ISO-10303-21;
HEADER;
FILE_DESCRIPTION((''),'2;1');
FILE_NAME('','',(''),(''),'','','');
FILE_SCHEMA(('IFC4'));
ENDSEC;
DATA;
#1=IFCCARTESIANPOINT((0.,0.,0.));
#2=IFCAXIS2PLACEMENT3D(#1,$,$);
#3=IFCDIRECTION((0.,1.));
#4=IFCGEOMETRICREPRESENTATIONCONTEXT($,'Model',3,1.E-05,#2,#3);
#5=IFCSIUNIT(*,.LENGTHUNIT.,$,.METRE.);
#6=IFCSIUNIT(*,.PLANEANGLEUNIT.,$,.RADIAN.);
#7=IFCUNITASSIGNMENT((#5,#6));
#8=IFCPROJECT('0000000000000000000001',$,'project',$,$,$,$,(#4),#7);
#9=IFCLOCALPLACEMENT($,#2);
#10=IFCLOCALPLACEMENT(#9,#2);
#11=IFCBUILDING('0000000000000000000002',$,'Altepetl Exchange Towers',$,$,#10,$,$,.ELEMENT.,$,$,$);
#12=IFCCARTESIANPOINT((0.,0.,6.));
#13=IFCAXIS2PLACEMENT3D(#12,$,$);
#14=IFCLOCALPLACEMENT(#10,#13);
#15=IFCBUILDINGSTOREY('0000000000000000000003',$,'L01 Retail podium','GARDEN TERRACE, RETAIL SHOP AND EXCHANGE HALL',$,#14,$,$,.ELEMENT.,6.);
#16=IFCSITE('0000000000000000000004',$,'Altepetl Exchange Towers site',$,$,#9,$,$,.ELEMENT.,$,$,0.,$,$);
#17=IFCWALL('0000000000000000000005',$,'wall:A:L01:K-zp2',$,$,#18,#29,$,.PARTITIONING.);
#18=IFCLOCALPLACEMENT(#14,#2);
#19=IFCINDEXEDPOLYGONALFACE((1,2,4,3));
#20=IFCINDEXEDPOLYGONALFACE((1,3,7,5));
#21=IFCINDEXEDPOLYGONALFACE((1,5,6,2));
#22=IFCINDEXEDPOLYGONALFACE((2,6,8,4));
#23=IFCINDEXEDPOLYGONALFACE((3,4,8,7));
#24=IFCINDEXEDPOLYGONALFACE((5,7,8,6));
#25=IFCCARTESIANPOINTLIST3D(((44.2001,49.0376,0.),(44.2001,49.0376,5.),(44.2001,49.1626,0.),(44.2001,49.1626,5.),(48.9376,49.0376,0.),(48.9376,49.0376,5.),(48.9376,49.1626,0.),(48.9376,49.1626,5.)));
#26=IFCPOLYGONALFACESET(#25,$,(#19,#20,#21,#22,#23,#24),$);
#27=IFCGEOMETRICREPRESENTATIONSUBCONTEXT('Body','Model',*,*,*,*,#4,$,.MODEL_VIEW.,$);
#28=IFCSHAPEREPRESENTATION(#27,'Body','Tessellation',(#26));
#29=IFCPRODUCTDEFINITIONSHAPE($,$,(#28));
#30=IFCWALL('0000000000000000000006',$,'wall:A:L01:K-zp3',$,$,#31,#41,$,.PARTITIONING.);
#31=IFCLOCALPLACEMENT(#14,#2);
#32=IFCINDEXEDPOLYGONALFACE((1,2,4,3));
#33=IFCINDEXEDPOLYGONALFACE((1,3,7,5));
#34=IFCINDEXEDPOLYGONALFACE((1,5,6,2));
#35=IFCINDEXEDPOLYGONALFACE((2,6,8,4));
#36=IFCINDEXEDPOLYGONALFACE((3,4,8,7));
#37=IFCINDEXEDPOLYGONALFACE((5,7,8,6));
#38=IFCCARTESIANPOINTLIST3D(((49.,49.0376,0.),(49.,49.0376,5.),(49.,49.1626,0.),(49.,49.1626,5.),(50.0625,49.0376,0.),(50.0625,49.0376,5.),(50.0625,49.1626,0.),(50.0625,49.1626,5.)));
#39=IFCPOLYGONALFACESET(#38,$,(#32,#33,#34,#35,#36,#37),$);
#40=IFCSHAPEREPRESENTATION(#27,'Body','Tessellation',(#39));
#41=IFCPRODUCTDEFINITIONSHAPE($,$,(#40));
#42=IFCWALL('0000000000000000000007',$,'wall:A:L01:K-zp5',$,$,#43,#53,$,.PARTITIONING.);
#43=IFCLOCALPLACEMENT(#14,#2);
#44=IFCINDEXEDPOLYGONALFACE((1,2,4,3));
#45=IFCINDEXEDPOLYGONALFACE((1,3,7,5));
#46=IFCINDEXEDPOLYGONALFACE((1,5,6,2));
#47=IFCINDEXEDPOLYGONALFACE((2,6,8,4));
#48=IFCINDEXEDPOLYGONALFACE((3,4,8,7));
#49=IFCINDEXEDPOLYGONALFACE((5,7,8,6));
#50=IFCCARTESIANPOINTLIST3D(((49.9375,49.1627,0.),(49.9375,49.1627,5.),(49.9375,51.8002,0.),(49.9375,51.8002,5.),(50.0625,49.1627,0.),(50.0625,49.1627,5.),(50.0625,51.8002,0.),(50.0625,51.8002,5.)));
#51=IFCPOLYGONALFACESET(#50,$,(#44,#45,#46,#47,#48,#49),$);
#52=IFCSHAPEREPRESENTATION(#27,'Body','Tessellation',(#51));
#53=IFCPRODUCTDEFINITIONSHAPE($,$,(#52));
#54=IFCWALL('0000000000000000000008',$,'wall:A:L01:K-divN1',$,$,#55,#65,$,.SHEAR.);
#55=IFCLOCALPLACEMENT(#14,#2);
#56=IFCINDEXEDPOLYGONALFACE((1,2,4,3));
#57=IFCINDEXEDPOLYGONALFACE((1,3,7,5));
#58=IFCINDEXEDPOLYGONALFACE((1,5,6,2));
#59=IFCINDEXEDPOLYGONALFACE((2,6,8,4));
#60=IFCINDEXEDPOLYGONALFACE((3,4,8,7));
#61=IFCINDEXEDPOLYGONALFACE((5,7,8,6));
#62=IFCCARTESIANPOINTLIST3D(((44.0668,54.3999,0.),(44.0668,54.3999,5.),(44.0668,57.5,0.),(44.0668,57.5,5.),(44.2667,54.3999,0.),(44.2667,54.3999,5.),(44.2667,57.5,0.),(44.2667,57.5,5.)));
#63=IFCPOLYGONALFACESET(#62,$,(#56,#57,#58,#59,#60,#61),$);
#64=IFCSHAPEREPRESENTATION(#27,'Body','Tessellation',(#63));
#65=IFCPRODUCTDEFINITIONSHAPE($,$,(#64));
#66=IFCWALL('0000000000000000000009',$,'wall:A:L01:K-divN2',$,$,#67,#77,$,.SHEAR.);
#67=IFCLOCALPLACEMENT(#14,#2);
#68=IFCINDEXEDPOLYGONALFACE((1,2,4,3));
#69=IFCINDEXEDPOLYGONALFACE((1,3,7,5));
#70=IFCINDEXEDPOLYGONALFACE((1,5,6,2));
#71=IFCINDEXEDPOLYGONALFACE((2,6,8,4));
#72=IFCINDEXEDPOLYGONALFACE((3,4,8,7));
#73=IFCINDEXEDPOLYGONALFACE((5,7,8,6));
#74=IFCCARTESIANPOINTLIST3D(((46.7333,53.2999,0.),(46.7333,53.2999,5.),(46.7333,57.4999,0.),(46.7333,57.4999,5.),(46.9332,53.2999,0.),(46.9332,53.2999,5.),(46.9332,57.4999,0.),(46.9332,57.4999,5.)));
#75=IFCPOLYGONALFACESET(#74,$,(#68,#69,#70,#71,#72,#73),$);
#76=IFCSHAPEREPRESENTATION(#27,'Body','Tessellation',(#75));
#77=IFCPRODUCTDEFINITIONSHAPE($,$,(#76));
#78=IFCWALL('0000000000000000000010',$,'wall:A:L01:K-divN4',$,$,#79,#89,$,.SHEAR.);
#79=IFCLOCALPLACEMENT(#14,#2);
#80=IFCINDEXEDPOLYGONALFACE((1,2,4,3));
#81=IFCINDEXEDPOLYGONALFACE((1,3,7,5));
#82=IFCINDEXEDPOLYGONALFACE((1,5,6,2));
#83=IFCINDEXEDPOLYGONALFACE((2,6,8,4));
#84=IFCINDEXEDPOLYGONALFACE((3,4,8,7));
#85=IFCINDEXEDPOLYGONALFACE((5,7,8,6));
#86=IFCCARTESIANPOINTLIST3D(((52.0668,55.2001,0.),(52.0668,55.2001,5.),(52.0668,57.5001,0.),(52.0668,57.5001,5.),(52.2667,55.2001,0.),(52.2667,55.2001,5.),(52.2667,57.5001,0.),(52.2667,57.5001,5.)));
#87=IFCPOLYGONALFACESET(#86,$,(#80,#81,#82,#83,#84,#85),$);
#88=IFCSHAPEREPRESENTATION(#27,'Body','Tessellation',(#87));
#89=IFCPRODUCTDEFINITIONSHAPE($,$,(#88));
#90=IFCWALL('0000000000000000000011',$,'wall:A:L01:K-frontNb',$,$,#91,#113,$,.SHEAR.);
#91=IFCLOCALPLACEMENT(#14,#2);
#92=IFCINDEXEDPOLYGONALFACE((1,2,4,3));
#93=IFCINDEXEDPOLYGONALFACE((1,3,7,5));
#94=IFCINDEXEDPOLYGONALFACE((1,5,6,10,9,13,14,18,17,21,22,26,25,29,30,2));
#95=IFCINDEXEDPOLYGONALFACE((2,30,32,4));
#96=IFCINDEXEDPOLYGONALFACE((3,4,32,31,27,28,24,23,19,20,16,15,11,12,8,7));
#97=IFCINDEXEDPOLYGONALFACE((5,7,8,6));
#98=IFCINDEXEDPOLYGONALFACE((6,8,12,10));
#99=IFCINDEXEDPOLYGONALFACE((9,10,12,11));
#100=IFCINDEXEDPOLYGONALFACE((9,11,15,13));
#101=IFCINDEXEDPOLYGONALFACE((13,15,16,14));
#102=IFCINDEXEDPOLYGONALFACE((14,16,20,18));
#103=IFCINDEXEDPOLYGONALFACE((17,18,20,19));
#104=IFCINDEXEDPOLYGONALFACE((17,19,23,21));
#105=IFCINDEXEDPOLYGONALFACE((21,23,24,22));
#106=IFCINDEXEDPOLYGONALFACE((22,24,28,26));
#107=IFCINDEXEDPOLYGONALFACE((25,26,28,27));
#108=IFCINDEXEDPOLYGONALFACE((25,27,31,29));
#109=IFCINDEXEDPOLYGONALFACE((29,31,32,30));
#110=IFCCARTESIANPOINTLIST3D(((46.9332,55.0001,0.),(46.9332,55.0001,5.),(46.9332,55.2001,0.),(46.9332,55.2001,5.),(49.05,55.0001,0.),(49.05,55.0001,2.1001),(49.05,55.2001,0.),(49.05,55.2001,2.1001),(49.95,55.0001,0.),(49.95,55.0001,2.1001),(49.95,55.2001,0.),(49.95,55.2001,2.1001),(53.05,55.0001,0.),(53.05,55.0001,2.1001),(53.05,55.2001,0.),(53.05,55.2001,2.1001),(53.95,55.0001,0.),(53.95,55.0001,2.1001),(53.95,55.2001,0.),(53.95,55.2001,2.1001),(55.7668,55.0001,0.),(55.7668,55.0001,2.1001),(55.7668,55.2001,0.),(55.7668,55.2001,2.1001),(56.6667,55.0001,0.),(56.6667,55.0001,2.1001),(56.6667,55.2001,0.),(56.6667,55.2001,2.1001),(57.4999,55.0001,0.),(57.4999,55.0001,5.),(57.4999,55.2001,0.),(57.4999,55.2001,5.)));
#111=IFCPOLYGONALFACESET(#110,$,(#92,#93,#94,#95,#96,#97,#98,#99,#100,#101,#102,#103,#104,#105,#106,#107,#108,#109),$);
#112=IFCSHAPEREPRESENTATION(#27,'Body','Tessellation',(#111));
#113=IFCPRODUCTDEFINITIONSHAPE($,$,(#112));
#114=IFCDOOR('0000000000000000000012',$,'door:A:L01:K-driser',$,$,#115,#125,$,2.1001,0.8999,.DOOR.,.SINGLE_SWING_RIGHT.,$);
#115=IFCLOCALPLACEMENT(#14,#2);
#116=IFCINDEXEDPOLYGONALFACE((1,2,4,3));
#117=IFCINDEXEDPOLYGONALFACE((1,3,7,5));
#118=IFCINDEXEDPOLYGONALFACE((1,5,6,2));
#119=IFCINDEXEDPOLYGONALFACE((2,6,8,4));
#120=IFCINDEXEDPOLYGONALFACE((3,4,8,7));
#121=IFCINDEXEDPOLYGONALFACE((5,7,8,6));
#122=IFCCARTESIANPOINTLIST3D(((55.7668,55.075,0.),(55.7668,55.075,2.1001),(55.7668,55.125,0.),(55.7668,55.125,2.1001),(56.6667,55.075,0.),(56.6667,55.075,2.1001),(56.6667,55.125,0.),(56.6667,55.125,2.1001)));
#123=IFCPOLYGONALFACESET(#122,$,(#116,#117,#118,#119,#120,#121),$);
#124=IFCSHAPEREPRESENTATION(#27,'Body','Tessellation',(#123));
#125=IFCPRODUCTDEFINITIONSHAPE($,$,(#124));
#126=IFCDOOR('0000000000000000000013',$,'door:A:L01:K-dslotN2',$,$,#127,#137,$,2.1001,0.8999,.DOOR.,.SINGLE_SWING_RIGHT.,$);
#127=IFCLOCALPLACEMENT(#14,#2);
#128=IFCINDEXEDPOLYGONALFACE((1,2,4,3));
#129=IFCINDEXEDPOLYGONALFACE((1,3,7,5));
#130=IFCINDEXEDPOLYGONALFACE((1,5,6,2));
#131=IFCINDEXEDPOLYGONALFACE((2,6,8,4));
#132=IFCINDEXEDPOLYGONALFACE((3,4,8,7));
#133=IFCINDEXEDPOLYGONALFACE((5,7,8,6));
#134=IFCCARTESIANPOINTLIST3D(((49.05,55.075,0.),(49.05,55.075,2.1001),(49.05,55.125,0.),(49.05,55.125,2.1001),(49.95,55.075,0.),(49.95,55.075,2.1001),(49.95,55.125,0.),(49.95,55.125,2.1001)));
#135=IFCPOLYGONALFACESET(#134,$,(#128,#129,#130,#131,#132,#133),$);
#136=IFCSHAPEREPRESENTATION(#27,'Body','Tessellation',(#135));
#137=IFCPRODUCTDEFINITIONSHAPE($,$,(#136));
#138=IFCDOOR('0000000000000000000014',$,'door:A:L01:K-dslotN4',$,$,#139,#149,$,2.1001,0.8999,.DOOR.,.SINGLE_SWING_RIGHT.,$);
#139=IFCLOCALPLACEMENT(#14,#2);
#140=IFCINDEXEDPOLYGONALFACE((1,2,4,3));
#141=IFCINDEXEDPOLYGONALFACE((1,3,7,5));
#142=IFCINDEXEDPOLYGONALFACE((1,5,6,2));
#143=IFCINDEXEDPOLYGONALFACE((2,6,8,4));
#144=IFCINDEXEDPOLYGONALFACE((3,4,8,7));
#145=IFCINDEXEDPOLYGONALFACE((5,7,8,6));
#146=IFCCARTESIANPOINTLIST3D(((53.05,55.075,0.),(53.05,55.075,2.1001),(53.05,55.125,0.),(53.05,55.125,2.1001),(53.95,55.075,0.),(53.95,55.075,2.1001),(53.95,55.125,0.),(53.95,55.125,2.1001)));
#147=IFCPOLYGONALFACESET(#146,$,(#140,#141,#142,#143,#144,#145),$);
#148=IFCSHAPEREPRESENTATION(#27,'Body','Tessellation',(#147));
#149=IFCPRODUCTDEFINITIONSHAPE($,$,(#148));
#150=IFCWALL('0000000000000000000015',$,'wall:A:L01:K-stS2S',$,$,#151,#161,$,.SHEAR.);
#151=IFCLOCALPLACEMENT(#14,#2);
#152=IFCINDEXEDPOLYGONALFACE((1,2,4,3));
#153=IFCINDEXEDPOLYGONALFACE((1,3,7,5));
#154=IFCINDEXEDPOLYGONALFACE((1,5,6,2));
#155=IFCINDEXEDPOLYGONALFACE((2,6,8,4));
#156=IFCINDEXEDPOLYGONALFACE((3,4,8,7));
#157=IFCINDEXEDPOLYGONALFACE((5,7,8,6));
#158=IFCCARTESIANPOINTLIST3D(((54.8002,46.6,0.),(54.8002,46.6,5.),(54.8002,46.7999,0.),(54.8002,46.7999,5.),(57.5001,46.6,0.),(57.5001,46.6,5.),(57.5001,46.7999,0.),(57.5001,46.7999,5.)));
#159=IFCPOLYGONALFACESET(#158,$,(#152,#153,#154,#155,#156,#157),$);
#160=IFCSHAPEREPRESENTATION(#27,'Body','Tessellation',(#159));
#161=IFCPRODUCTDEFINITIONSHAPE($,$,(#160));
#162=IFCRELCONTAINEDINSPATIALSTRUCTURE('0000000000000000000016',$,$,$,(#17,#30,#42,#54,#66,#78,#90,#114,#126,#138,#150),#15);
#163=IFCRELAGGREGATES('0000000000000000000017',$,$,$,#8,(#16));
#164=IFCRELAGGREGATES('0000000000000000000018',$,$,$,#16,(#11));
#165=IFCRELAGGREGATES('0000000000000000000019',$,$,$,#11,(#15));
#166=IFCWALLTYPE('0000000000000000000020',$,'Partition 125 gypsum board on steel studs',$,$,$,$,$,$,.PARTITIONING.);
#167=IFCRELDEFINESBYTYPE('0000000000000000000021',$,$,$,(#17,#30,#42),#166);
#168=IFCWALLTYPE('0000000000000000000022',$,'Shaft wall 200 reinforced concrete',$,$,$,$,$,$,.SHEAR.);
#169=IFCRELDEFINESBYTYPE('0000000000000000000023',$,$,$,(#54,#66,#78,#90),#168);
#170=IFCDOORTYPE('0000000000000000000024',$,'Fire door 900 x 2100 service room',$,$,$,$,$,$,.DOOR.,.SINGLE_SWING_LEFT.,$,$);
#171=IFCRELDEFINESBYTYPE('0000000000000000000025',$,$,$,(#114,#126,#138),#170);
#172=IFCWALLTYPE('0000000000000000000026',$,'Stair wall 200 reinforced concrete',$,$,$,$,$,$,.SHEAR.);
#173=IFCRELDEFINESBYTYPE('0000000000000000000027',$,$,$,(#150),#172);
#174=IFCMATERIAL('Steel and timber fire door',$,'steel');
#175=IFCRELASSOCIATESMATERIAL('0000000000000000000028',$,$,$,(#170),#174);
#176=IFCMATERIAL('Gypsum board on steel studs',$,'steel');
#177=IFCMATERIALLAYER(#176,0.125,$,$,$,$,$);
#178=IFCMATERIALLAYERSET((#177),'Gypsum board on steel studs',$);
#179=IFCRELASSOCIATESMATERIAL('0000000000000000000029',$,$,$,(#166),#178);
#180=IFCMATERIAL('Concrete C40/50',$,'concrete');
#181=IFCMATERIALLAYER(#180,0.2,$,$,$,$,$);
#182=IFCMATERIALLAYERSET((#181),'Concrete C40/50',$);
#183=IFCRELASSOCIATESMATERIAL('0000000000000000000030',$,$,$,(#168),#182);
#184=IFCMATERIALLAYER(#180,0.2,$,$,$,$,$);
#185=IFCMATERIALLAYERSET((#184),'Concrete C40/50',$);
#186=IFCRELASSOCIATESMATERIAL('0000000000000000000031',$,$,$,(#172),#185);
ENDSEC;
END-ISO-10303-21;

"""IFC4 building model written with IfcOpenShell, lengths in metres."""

from ifc_helpers import new_model, si_unit, direction, frame, frame_2d, origin, place, context, subcontext, project, spatial, rectangle, extrude, material, layer, layer_set, type_object, element, fill, save


model = new_model("IFC4")

# Units and contexts
model_context = context("Model", 3, precision=1e-05, world=origin(), true_north=direction((0.0, 1.0)))
body_context = subcontext(model_context, "Body", "Model", "MODEL_VIEW")
ifc_project = project(units=[si_unit("LENGTHUNIT", "METRE"), si_unit("PLANEANGLEUNIT", "RADIAN")], contexts=[model_context])

# Site, building, storey
site_placement = place(None, origin())
site = spatial("IfcSite", under=ifc_project, at=site_placement, Name="Altepetl Exchange Towers site", CompositionType="ELEMENT", RefElevation=0.0)
building_placement = place(site_placement, origin())
building = spatial("IfcBuilding", under=site, at=building_placement, Name="Altepetl Exchange Towers", CompositionType="ELEMENT")
storey_placement = place(building_placement, frame((0.0, 0.0, 6.0)))
storey = spatial("IfcBuildingStorey", under=building, at=storey_placement, Name="L01 Retail podium", Description="GARDEN TERRACE, RETAIL SHOP AND EXCHANGE HALL", CompositionType="ELEMENT", Elevation=6.0)

# Shared definitions
ifc_material_1 = material(Name="Steel and timber fire door", Category="steel")

# Shared definitions
door_type_1 = type_object("IfcDoorType", Name="Fire door 900 x 2100 service room", OperationType="SINGLE_SWING_LEFT", PredefinedType="DOOR", material=ifc_material_1)

# Walls
ifc_material_2 = material(Name="Gypsum board on steel studs", Category="steel")
ifc_layer_1 = layer(ifc_material_2, 0.125)
ifc_layer_set_1 = layer_set([ifc_layer_1], Name="Gypsum board on steel studs")
wall_type_1 = type_object("IfcWallType", Name="Partition 125 gypsum board on steel studs", PredefinedType="PARTITIONING", material=ifc_layer_set_1)
wall_1_placement = place(storey_placement, frame((48.9375, 49.1001, 0.0), z_axis=(0.0, 0.0, 1.0), x_axis=(-1.0, 0.0, 0.0)))
element("IfcWall", 1, at=wall_1_placement, inside=storey, type_object=wall_type_1, Name="wall:A:L01:K-zp2", PredefinedType="PARTITIONING", context=body_context, shape_type="SweptSolid", body=[
    extrude(rectangle(XDim=4.7375, YDim=0.125, at=frame_2d((2.3687, 0.0))), origin(), (0.0, 0.0, 1.0), 5.0),
])
wall_2_placement = place(storey_placement, frame((50.0625, 49.1001, 0.0), z_axis=(0.0, 0.0, 1.0), x_axis=(-1.0, 0.0, 0.0)))
element("IfcWall", 2, at=wall_2_placement, inside=storey, type_object=wall_type_1, Name="wall:A:L01:K-zp3", PredefinedType="PARTITIONING", context=body_context, shape_type="SweptSolid", body=[
    extrude(rectangle(XDim=1.0625, YDim=0.125, at=frame_2d((0.5312, 0.0))), origin(), (0.0, 0.0, 1.0), 5.0),
])
wall_3_placement = place(storey_placement, frame((50.0, 49.1626, 0.0), z_axis=(0.0, 0.0, 1.0), x_axis=(0.0, 1.0, 0.0)))
element("IfcWall", 3, at=wall_3_placement, inside=storey, type_object=wall_type_1, Name="wall:A:L01:K-zp5", PredefinedType="PARTITIONING", context=body_context, shape_type="SweptSolid", body=[
    extrude(rectangle(XDim=2.6375, YDim=0.125, at=frame_2d((1.3188, 0.0))), origin(), (0.0, 0.0, 1.0), 5.0),
])
ifc_material_3 = material(Name="Concrete C40/50", Category="concrete")
ifc_layer_2 = layer(ifc_material_3, 0.2)
ifc_layer_set_2 = layer_set([ifc_layer_2], Name="Concrete C40/50")
wall_type_2 = type_object("IfcWallType", Name="Shaft wall 200 reinforced concrete", PredefinedType="SHEAR", material=ifc_layer_set_2)
wall_4_placement = place(storey_placement, frame((44.1667, 57.5, 0.0), z_axis=(0.0, 0.0, 1.0), x_axis=(0.0, -1.0, 0.0)))
element("IfcWall", 4, at=wall_4_placement, inside=storey, type_object=wall_type_2, Name="wall:A:L01:K-divN1", PredefinedType="SHEAR", context=body_context, shape_type="SweptSolid", body=[
    extrude(rectangle(XDim=3.1001, YDim=0.2, at=frame_2d((1.55, 0.0))), origin(), (0.0, 0.0, 1.0), 5.0),
])
wall_5_placement = place(storey_placement, frame((46.8333, 57.5, 0.0), z_axis=(0.0, 0.0, 1.0), x_axis=(0.0, -1.0, 0.0)))
element("IfcWall", 5, at=wall_5_placement, inside=storey, type_object=wall_type_2, Name="wall:A:L01:K-divN2", PredefinedType="SHEAR", context=body_context, shape_type="SweptSolid", body=[
    extrude(rectangle(XDim=4.2, YDim=0.2, at=frame_2d((2.1001, 0.0))), origin(), (0.0, 0.0, 1.0), 5.0),
])
wall_6_placement = place(storey_placement, frame((52.1667, 57.5, 0.0), z_axis=(0.0, 0.0, 1.0), x_axis=(0.0, -1.0, 0.0)))
element("IfcWall", 6, at=wall_6_placement, inside=storey, type_object=wall_type_2, Name="wall:A:L01:K-divN4", PredefinedType="SHEAR", context=body_context, shape_type="SweptSolid", body=[
    extrude(rectangle(XDim=2.3, YDim=0.2, at=frame_2d((1.1499, 0.0))), origin(), (0.0, 0.0, 1.0), 5.0),
])

# Wall, openings, doors
wall_7_placement = place(storey_placement, frame((46.9333, 55.1001, 0.0)))
wall_7 = element("IfcWall", 7, at=wall_7_placement, inside=storey, type_object=wall_type_2, Name="wall:A:L01:K-frontNb", PredefinedType="SHEAR", context=body_context, shape_type="SweptSolid", body=[
    extrude(rectangle(XDim=10.5667, YDim=0.2, at=frame_2d((5.2832, 0.0))), origin(), (0.0, 0.0, 1.0), 5.0),
])
opening_1_placement = place(wall_7_placement, frame((8.8335, 0.0, 0.0)))
opening_1 = element("IfcOpeningElement", 8, at=opening_1_placement, cuts=wall_7, PredefinedType="OPENING", context=body_context, shape_type="SweptSolid", body=[
    extrude(rectangle(XDim=0.8999, YDim=2.1001, at=frame_2d((0.45, 1.05))), frame((0.0, 0.1099, 0.0), z_axis=(0.0, -1.0, 0.0), x_axis=(1.0, 0.0, 0.0)), (0.0, 0.0, 1.0), 0.22),
])
opening_2_placement = place(wall_7_placement, frame((2.1167, 0.0, 0.0)))
opening_2 = element("IfcOpeningElement", 9, at=opening_2_placement, cuts=wall_7, PredefinedType="OPENING", context=body_context, shape_type="SweptSolid", body=[
    extrude(rectangle(XDim=0.8999, YDim=2.1001, at=frame_2d((0.45, 1.05))), frame((0.0, 0.1099, 0.0), z_axis=(0.0, -1.0, 0.0), x_axis=(1.0, 0.0, 0.0)), (0.0, 0.0, 1.0), 0.22),
])
opening_3_placement = place(wall_7_placement, frame((6.1167, 0.0, 0.0)))
opening_3 = element("IfcOpeningElement", 10, at=opening_3_placement, cuts=wall_7, PredefinedType="OPENING", context=body_context, shape_type="SweptSolid", body=[
    extrude(rectangle(XDim=0.8999, YDim=2.1001, at=frame_2d((0.45, 1.05))), frame((0.0, 0.1099, 0.0), z_axis=(0.0, -1.0, 0.0), x_axis=(1.0, 0.0, 0.0)), (0.0, 0.0, 1.0), 0.22),
])
door_1_placement = place(opening_1_placement, origin())
door_1 = element("IfcDoor", 11, at=door_1_placement, inside=storey, type_object=door_type_1, Name="door:A:L01:K-driser", OperationType="SINGLE_SWING_RIGHT", OverallHeight=2.1001, OverallWidth=0.8999, PredefinedType="DOOR", context=body_context, shape_type="SweptSolid", body=[
    extrude(rectangle(XDim=0.8999, YDim=2.1001, at=frame_2d((0.45, 1.05))), frame((0.0, 0.0249, 0.0), z_axis=(0.0, -1.0, 0.0), x_axis=(1.0, 0.0, 0.0)), (0.0, 0.0, 1.0), 0.05),
])
fill(opening_1, door_1)
door_2_placement = place(opening_2_placement, origin())
door_2 = element("IfcDoor", 12, at=door_2_placement, inside=storey, type_object=door_type_1, Name="door:A:L01:K-dslotN2", OperationType="SINGLE_SWING_RIGHT", OverallHeight=2.1001, OverallWidth=0.8999, PredefinedType="DOOR", context=body_context, shape_type="SweptSolid", body=[
    extrude(rectangle(XDim=0.8999, YDim=2.1001, at=frame_2d((0.45, 1.05))), frame((0.0, 0.0249, 0.0), z_axis=(0.0, -1.0, 0.0), x_axis=(1.0, 0.0, 0.0)), (0.0, 0.0, 1.0), 0.05),
])
fill(opening_2, door_2)
door_3_placement = place(opening_3_placement, origin())
door_3 = element("IfcDoor", 13, at=door_3_placement, inside=storey, type_object=door_type_1, Name="door:A:L01:K-dslotN4", OperationType="SINGLE_SWING_RIGHT", OverallHeight=2.1001, OverallWidth=0.8999, PredefinedType="DOOR", context=body_context, shape_type="SweptSolid", body=[
    extrude(rectangle(XDim=0.8999, YDim=2.1001, at=frame_2d((0.45, 1.05))), frame((0.0, 0.0249, 0.0), z_axis=(0.0, -1.0, 0.0), x_axis=(1.0, 0.0, 0.0)), (0.0, 0.0, 1.0), 0.05),
])
fill(opening_3, door_3)

# Wall
ifc_layer_3 = layer(ifc_material_3, 0.2)
ifc_layer_set_3 = layer_set([ifc_layer_3], Name="Concrete C40/50")
wall_type_3 = type_object("IfcWallType", Name="Stair wall 200 reinforced concrete", PredefinedType="SHEAR", material=ifc_layer_set_3)
wall_8_placement = place(storey_placement, frame((54.8, 46.7, 0.0)))
element("IfcWall", 14, at=wall_8_placement, inside=storey, type_object=wall_type_3, Name="wall:A:L01:K-stS2S", PredefinedType="SHEAR", context=body_context, shape_type="SweptSolid", body=[
    extrude(rectangle(XDim=2.7, YDim=0.2, at=frame_2d((1.3501, 0.0))), origin(), (0.0, 0.0, 1.0), 5.0),
])

save(model, "model.ifc")
